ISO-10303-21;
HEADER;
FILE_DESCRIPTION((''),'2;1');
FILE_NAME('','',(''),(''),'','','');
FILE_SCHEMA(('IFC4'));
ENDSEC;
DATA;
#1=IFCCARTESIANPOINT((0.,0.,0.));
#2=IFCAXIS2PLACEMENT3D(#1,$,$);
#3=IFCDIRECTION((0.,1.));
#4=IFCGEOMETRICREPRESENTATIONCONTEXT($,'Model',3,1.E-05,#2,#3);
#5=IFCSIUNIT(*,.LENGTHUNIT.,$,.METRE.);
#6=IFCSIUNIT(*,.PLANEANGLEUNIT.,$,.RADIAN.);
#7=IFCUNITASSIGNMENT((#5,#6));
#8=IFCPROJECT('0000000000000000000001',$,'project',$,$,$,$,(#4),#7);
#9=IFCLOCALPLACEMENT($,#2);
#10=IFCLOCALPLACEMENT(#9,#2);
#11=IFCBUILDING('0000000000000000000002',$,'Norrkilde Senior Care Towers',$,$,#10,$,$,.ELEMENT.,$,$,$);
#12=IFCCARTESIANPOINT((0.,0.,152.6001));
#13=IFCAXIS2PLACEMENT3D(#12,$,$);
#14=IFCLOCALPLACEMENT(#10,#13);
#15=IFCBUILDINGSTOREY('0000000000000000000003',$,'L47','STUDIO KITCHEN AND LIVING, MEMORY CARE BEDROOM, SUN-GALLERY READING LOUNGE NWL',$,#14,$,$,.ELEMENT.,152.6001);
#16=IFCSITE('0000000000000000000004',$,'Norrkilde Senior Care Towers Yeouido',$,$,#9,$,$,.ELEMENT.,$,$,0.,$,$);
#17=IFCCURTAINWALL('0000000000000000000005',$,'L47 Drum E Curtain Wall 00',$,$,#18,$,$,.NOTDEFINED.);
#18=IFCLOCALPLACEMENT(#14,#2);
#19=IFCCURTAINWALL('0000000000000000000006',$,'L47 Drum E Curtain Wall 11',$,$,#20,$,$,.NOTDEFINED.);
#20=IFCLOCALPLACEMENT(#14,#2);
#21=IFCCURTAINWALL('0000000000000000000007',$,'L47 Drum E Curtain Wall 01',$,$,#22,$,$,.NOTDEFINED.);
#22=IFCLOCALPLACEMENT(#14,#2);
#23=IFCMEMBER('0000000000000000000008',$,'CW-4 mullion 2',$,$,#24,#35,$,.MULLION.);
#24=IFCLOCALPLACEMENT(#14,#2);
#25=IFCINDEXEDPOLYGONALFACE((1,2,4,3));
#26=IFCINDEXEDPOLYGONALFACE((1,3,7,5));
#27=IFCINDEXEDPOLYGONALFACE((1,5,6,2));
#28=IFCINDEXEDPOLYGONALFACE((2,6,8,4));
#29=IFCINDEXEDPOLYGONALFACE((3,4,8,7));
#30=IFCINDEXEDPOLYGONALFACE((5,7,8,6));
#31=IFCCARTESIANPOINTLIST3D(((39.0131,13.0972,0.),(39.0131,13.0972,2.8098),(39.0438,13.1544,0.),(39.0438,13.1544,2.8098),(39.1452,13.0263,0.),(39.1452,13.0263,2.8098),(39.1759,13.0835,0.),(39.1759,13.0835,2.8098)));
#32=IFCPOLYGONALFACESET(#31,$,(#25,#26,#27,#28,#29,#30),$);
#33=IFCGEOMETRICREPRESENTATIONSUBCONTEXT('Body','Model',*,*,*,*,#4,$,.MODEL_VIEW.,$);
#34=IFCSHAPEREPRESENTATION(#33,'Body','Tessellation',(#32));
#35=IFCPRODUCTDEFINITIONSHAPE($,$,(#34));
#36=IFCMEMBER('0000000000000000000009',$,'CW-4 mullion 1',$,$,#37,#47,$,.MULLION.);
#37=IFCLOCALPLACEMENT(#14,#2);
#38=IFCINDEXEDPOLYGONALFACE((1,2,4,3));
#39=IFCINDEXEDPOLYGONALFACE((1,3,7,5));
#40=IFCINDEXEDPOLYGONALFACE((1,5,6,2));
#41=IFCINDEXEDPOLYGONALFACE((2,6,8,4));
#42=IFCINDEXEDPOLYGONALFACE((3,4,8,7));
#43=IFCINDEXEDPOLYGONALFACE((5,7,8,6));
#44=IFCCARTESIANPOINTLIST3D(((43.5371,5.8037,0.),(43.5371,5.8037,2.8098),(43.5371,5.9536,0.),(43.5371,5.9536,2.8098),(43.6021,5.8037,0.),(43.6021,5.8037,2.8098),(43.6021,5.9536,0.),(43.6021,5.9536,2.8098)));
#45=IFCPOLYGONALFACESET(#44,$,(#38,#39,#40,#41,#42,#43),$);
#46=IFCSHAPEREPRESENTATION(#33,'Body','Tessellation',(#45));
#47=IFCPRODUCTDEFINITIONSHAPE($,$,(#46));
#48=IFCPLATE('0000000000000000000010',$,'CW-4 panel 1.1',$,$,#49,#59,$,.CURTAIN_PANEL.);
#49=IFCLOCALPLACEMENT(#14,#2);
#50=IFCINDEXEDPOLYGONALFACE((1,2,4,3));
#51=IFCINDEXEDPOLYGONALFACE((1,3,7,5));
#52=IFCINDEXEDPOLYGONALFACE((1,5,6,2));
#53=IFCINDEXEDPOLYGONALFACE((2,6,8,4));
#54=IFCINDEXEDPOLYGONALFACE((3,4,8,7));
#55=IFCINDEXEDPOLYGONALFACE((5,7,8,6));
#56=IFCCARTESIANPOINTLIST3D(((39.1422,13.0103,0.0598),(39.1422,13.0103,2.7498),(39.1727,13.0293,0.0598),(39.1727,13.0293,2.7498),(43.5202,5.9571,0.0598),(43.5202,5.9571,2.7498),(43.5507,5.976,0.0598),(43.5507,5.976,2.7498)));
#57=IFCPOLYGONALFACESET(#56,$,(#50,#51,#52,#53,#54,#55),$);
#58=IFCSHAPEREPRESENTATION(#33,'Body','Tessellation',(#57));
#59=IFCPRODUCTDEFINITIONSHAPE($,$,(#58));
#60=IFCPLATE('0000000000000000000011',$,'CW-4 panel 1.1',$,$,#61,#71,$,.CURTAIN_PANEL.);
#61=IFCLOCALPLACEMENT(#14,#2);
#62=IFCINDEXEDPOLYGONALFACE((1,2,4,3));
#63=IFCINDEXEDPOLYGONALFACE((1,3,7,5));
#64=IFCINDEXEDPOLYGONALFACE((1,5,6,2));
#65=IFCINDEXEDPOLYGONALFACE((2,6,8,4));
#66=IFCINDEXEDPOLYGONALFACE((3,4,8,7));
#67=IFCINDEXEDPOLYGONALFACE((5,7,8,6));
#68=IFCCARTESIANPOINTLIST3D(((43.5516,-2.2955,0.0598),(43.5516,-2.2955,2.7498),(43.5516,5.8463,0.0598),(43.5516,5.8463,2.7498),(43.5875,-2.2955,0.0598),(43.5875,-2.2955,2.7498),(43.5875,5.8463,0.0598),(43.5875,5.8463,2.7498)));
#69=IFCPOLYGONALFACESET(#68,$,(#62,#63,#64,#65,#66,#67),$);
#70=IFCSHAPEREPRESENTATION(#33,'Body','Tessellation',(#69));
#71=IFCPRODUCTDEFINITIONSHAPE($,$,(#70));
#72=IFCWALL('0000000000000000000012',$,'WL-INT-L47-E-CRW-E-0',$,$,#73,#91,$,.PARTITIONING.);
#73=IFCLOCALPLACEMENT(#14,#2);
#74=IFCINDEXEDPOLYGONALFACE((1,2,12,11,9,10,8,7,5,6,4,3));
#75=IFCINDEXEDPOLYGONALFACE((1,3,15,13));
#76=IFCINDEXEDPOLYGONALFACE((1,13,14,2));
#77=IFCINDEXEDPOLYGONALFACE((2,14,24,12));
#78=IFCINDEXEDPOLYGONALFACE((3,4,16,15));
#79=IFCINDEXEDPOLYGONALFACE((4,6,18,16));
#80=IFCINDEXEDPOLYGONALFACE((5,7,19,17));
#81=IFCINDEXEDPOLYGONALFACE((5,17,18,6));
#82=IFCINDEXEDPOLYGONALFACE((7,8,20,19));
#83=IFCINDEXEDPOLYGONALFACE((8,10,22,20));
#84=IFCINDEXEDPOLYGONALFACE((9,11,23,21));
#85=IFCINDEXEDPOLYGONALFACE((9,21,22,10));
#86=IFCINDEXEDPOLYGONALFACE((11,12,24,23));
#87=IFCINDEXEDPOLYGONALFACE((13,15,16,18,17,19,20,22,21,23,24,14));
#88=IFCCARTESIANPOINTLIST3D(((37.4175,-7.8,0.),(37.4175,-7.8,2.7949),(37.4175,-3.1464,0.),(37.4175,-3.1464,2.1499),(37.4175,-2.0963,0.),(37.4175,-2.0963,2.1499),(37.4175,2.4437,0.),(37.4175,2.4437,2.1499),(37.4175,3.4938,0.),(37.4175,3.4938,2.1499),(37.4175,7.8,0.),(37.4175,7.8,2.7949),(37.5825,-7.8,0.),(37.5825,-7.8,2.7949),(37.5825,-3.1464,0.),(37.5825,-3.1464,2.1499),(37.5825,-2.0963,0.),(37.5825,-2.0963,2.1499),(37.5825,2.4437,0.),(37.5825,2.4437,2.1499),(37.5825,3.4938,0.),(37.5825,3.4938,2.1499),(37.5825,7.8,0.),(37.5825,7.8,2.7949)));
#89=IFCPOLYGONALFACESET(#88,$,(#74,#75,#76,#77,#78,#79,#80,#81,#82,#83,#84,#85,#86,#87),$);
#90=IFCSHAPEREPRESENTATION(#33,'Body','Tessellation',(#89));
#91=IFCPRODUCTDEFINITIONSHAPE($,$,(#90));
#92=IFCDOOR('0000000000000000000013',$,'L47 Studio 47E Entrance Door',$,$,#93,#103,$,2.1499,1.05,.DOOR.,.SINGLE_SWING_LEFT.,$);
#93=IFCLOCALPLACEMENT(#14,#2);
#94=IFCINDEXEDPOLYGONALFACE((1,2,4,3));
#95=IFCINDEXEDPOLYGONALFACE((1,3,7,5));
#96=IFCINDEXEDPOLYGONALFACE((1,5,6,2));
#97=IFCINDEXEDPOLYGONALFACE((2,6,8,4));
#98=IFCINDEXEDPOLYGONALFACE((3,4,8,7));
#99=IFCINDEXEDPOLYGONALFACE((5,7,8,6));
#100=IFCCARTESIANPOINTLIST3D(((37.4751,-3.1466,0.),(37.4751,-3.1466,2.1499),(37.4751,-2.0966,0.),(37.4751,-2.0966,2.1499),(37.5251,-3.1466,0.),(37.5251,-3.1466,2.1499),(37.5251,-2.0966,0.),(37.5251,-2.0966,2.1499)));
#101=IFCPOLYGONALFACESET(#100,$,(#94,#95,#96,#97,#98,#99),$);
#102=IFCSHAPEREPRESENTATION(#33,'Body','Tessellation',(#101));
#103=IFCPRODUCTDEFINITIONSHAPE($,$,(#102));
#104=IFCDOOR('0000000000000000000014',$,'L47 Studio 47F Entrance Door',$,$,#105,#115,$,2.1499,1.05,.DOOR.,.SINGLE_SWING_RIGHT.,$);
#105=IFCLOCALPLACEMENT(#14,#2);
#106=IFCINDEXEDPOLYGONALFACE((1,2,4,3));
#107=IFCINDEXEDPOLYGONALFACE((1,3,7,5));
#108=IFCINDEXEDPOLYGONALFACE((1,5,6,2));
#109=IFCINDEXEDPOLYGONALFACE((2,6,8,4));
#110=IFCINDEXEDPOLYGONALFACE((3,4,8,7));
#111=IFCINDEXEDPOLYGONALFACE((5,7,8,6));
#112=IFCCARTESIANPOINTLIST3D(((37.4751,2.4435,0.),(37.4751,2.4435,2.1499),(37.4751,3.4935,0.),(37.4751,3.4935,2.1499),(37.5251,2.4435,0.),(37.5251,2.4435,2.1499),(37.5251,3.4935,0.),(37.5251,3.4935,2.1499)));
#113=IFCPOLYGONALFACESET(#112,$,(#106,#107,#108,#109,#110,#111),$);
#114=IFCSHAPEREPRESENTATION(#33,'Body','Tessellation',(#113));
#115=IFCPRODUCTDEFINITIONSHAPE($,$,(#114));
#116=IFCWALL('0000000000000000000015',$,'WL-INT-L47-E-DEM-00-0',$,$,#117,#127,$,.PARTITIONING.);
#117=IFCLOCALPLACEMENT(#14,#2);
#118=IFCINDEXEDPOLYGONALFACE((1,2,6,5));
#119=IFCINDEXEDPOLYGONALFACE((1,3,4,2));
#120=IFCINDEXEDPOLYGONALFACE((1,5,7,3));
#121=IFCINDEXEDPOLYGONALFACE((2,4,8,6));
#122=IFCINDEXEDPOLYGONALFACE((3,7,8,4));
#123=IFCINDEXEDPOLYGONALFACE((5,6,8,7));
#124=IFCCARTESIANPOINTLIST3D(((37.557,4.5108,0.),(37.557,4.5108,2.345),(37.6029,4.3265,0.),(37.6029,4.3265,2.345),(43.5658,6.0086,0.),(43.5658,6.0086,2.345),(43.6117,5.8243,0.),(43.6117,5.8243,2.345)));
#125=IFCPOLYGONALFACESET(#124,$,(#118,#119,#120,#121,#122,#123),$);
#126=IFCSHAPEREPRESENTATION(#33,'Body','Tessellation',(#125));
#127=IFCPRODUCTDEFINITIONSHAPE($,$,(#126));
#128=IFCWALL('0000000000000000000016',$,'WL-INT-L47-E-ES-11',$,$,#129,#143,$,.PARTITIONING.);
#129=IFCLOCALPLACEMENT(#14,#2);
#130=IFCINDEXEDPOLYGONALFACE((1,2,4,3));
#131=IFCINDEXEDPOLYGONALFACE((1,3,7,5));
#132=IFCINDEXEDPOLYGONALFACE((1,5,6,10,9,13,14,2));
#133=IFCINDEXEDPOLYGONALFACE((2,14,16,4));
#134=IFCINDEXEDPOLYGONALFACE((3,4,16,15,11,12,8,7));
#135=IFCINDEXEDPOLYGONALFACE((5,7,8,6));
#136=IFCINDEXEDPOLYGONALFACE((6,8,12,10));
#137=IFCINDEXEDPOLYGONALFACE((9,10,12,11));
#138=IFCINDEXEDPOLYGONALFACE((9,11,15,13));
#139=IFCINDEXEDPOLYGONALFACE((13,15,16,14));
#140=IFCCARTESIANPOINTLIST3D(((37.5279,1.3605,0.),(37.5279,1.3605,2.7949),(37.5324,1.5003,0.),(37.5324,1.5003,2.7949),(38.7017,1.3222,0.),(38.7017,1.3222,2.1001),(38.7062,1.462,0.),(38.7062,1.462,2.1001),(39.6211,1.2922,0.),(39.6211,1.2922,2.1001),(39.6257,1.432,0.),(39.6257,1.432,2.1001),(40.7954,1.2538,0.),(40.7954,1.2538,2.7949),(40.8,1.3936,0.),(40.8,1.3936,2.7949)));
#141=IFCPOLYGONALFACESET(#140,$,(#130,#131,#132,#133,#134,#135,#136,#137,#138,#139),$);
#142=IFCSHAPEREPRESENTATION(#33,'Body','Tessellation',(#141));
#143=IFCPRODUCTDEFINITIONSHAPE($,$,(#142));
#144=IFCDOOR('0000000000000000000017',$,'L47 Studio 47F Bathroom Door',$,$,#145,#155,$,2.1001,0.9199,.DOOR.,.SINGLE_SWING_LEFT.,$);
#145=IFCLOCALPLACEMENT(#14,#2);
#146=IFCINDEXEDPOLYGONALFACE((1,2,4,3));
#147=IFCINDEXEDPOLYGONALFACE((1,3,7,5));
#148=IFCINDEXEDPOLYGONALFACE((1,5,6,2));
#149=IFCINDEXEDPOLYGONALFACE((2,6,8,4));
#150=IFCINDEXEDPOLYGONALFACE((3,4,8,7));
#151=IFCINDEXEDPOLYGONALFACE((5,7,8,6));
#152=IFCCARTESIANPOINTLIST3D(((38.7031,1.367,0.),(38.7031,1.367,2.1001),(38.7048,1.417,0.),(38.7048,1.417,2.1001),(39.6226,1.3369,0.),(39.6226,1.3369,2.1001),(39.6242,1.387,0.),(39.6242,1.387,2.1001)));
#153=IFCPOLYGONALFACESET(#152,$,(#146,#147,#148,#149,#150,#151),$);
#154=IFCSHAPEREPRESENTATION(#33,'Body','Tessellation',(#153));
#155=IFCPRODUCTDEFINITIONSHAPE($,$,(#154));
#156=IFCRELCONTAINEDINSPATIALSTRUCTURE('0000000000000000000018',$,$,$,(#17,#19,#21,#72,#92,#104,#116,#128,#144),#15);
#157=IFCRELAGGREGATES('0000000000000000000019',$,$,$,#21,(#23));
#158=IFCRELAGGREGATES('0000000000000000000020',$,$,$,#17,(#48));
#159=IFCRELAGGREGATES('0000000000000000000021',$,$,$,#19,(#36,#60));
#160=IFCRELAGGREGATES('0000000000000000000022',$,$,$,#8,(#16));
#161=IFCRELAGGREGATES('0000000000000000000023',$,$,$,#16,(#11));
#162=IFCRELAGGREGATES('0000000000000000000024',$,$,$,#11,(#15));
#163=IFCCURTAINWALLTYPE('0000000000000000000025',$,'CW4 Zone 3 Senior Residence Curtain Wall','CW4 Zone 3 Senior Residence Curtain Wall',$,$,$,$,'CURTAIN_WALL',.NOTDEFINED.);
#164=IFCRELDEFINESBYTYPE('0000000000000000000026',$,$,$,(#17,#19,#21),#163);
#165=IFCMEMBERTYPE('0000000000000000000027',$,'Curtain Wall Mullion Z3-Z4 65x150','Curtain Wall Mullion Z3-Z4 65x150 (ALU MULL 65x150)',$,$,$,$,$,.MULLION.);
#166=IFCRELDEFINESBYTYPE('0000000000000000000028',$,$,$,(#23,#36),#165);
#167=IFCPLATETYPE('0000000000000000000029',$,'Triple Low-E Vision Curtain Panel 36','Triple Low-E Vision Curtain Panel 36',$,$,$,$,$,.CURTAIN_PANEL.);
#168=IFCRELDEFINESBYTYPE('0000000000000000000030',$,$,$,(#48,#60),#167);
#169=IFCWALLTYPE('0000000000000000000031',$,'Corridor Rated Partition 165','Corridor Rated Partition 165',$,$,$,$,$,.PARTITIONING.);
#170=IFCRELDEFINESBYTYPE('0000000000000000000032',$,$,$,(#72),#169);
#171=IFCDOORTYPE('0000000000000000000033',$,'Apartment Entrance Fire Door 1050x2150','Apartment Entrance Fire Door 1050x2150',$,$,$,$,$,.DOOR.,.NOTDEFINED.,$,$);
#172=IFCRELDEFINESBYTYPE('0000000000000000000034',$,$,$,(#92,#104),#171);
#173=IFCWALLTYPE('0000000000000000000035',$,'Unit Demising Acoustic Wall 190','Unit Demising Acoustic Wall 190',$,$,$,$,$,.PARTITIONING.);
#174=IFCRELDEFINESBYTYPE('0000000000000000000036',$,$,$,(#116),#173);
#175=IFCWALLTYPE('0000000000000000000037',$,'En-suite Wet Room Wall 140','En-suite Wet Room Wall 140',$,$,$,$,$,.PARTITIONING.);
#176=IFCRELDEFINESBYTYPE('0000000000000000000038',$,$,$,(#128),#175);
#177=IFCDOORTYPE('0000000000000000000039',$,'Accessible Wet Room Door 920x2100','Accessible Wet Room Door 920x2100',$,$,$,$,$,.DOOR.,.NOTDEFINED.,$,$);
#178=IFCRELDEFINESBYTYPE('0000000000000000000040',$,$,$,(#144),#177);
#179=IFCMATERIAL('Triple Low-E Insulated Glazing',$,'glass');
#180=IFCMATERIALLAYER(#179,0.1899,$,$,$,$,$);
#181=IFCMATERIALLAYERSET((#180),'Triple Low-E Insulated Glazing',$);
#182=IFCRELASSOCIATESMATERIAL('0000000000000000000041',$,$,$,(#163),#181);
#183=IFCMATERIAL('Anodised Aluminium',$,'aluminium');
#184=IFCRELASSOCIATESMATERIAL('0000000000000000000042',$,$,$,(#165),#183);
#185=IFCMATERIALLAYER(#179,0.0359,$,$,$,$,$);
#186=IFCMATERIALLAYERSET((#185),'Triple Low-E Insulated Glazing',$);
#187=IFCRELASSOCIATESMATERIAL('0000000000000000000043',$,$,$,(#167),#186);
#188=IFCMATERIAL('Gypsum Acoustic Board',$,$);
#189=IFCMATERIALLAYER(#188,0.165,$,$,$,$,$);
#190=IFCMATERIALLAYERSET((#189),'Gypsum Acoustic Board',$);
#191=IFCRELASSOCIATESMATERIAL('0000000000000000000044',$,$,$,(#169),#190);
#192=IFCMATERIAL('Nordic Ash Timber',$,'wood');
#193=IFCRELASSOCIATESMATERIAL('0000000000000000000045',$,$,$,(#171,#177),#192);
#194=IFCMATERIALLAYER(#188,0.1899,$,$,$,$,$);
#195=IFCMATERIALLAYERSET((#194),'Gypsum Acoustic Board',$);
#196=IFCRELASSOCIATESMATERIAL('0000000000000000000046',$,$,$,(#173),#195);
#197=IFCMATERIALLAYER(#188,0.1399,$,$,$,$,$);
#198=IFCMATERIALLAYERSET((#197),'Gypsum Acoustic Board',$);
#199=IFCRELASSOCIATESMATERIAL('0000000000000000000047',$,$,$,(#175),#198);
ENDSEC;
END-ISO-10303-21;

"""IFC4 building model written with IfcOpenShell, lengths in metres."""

from ifc_helpers import new_model, si_unit, direction, frame, frame_2d, origin, origin_2d, place, context, subcontext, project, spatial, rectangle, extrude, source, transform, mapped, material, layer, layer_set, material_profile, profile_set, type_object, type_shapes, element, fill, aggregate, save


model = new_model("IFC4")

# Units and contexts
model_context = context("Model", 3, precision=1e-05, world=origin(), true_north=direction((0.0, 1.0)))
body_context = subcontext(model_context, "Body", "Model", "MODEL_VIEW")
ifc_project = project(units=[si_unit("LENGTHUNIT", "METRE"), si_unit("PLANEANGLEUNIT", "RADIAN")], contexts=[model_context])

# Site, building, storey
site_placement = place(None, origin())
site = spatial("IfcSite", under=ifc_project, at=site_placement, Name="Norrkilde Senior Care Towers Yeouido", CompositionType="ELEMENT", RefElevation=0.0)
building_placement = place(site_placement, origin())
building = spatial("IfcBuilding", under=site, at=building_placement, Name="Norrkilde Senior Care Towers", CompositionType="ELEMENT")
storey_placement = place(building_placement, frame((0.0, 0.0, 152.6001)))
storey = spatial("IfcBuildingStorey", under=building, at=storey_placement, Name="L47", Description="STUDIO KITCHEN AND LIVING, MEMORY CARE BEDROOM, SUN-GALLERY READING LOUNGE NWL", CompositionType="ELEMENT", Elevation=152.6001)

# Curtain walls
ifc_material_1 = material(Name="Triple Low-E Insulated Glazing", Category="glass")
ifc_layer_1 = layer(ifc_material_1, 0.1899)
ifc_layer_set_1 = layer_set([ifc_layer_1], Name="Triple Low-E Insulated Glazing")
curtain_wall_type = type_object("IfcCurtainWallType", Name="CW4 Zone 3 Senior Residence Curtain Wall", Description="CW4 Zone 3 Senior Residence Curtain Wall", ElementType="CURTAIN_WALL", PredefinedType="NOTDEFINED", material=ifc_layer_set_1)
curtain_wall_1_placement = place(storey_placement, origin())
curtain_wall_1 = element("IfcCurtainWall", 1, at=curtain_wall_1_placement, inside=storey, type_object=curtain_wall_type, Name="L47 Drum E Curtain Wall 00", PredefinedType="NOTDEFINED")
ifc_material_2 = material(Name="Anodised Aluminium", Category="aluminium")
curtain_wall_2_placement = place(storey_placement, origin())
curtain_wall_2 = element("IfcCurtainWall", 2, at=curtain_wall_2_placement, inside=storey, type_object=curtain_wall_type, Name="L47 Drum E Curtain Wall 11", PredefinedType="NOTDEFINED")

# Shared definitions
ifc_material_profile_1 = material_profile(ifc_material_2, rectangle(XDim=0.0649, YDim=0.1499, at=origin_2d()), Name="ALU MULL 65x150")
ifc_profile_set_1 = profile_set([ifc_material_profile_1], Name="Anodised Aluminium")
member_type_1 = type_object("IfcMemberType", Name="Curtain Wall Mullion Z3-Z4 65x150", Description="Curtain Wall Mullion Z3-Z4 65x150 (ALU MULL 65x150)", PredefinedType="MULLION", material=ifc_profile_set_1)
shared_shape_1 = source(origin(), body_context, "Body", "SweptSolid", [
    extrude(rectangle(XDim=0.0649, YDim=0.1499, at=origin_2d()), origin(), (0.0, 0.0, 1.0), 2.8098),
])
type_shapes(member_type_1, [shared_shape_1])

# Curtain wall, member
curtain_wall_3_placement = place(storey_placement, origin())
curtain_wall_3 = element("IfcCurtainWall", 3, at=curtain_wall_3_placement, inside=storey, type_object=curtain_wall_type, Name="L47 Drum E Curtain Wall 01", PredefinedType="NOTDEFINED")
member_1_placement = place(storey_placement, frame((39.0945, 13.0903, 0.0), z_axis=(0.0, 0.0, 1.0), x_axis=(0.473117, 0.881, 0.0)))
member_1 = element("IfcMember", 4, at=member_1_placement, type_object=member_type_1, Name="CW-4 mullion 2", PredefinedType="MULLION", context=body_context, shape_type="MappedRepresentation", body=[
    mapped(shared_shape_1, transform((0.0, 0.0, 0.0), x_axis=(1.0, 0.0, 0.0), y_axis=(0.0, 1.0, 0.0), z_axis=(0.0, 0.0, 1.0), scale=1.0)),
])
aggregate(curtain_wall_3, [member_1])

# Member
member_2_placement = place(storey_placement, frame((43.5696, 5.8787, 0.0), z_axis=(0.0, 0.0, 1.0), x_axis=(1.0, 0.0, 0.0)))
member_2 = element("IfcMember", 5, at=member_2_placement, type_object=member_type_1, Name="CW-4 mullion 1", PredefinedType="MULLION", context=body_context, shape_type="MappedRepresentation", body=[
    mapped(shared_shape_1, transform((0.0, 0.0, 0.0), x_axis=(1.0, 0.0, 0.0), y_axis=(0.0, 1.0, 0.0), z_axis=(0.0, 0.0, 1.0), scale=1.0)),
])

# Plates
ifc_layer_2 = layer(ifc_material_1, 0.0359)
ifc_layer_set_2 = layer_set([ifc_layer_2], Name="Triple Low-E Insulated Glazing")
plate_type = type_object("IfcPlateType", Name="Triple Low-E Vision Curtain Panel 36", Description="Triple Low-E Vision Curtain Panel 36", PredefinedType="CURTAIN_PANEL", material=ifc_layer_set_2)
shared_shape_2 = source(origin(), body_context, "Body", "SweptSolid", [
    extrude(rectangle(XDim=8.3015, YDim=0.0359, at=origin_2d()), origin(), (0.0, 0.0, 1.0), 2.6899),
])
plate_1_placement = place(storey_placement, frame((41.3464, 9.4932, 0.0598), z_axis=(0.0, 0.0, 1.0), x_axis=(0.527373, -0.849634, 0.0)))
plate_1 = element("IfcPlate", 6, at=plate_1_placement, type_object=plate_type, Name="CW-4 panel 1.1", PredefinedType="CURTAIN_PANEL", context=body_context, shape_type="MappedRepresentation", body=[
    mapped(shared_shape_2, transform((0.0, 0.0, 0.0), x_axis=(1.0, 0.0, 0.0), y_axis=(0.0, 1.0, 0.0), z_axis=(0.0, 0.0, 1.0), scale=1.0)),
])
aggregate(curtain_wall_1, [plate_1])
shared_shape_3 = source(origin(), body_context, "Body", "SweptSolid", [
    extrude(rectangle(XDim=8.1418, YDim=0.0359, at=origin_2d()), origin(), (0.0, 0.0, 1.0), 2.6899),
])
type_shapes(plate_type, [shared_shape_2, shared_shape_3])
plate_2_placement = place(storey_placement, frame((43.5696, 1.7754, 0.0598), z_axis=(0.0, 0.0, 1.0), x_axis=(0.0, -1.0, 0.0)))
plate_2 = element("IfcPlate", 7, at=plate_2_placement, type_object=plate_type, Name="CW-4 panel 1.1", PredefinedType="CURTAIN_PANEL", context=body_context, shape_type="MappedRepresentation", body=[
    mapped(shared_shape_3, transform((0.0, 0.0, 0.0), x_axis=(1.0, 0.0, 0.0), y_axis=(0.0, 1.0, 0.0), z_axis=(0.0, 0.0, 1.0), scale=1.0)),
])
aggregate(curtain_wall_2, [member_2, plate_2])

# Wall, openings, doors
ifc_material_3 = material(Name="Gypsum Acoustic Board")
ifc_layer_3 = layer(ifc_material_3, 0.165)
ifc_layer_set_3 = layer_set([ifc_layer_3], Name="Gypsum Acoustic Board")
wall_type_1 = type_object("IfcWallType", Name="Corridor Rated Partition 165", Description="Corridor Rated Partition 165", PredefinedType="PARTITIONING", material=ifc_layer_set_3)
shared_shape_4 = source(origin(), body_context, "Body", "SweptSolid", [
    extrude(rectangle(XDim=15.6001, YDim=0.165, at=frame_2d((7.8, 0.0))), origin(), (0.0, 0.0, 1.0), 2.7949),
])
type_shapes(wall_type_1, [shared_shape_4])
wall_1_placement = place(storey_placement, frame((37.5, 7.8, 0.0), z_axis=(0.0, 0.0, 1.0), x_axis=(0.0, -1.0, 0.0)))
wall_1 = element("IfcWall", 8, at=wall_1_placement, inside=storey, type_object=wall_type_1, Name="WL-INT-L47-E-CRW-E-0", PredefinedType="PARTITIONING", context=body_context, shape_type="MappedRepresentation", body=[
    mapped(shared_shape_4, transform((0.0, 0.0, 0.0), x_axis=(1.0, 0.0, 0.0), y_axis=(0.0, 1.0, 0.0), z_axis=(0.0, 0.0, 1.0), scale=1.0)),
])
opening_1_placement = place(wall_1_placement, frame((9.8965, 0.0, 0.0)))
opening_1 = element("IfcOpeningElement", 9, at=opening_1_placement, cuts=wall_1, PredefinedType="OPENING", context=body_context, shape_type="SweptSolid", body=[
    extrude(rectangle(XDim=1.05, YDim=2.1499, at=frame_2d((0.5249, 1.075))), frame((0.0, 0.0925, 0.0), z_axis=(0.0, -1.0, 0.0), x_axis=(1.0, 0.0, 0.0)), (0.0, 0.0, 1.0), 0.1851),
])
opening_2_placement = place(wall_1_placement, frame((4.3064, 0.0, 0.0)))
opening_2 = element("IfcOpeningElement", 10, at=opening_2_placement, cuts=wall_1, PredefinedType="OPENING", context=body_context, shape_type="SweptSolid", body=[
    extrude(rectangle(XDim=1.05, YDim=2.1499, at=frame_2d((0.5249, 1.075))), frame((0.0, 0.0925, 0.0), z_axis=(0.0, -1.0, 0.0), x_axis=(1.0, 0.0, 0.0)), (0.0, 0.0, 1.0), 0.1851),
])
ifc_material_4 = material(Name="Nordic Ash Timber", Category="wood")
door_type_1 = type_object("IfcDoorType", Name="Apartment Entrance Fire Door 1050x2150", Description="Apartment Entrance Fire Door 1050x2150", OperationType="NOTDEFINED", PredefinedType="DOOR", material=ifc_material_4)
shared_shape_5 = source(origin(), body_context, "Body", "SweptSolid", [
    extrude(rectangle(XDim=1.05, YDim=2.1499, at=frame_2d((0.5249, 1.075))), frame((0.0, 0.0249, 0.0), z_axis=(0.0, -1.0, 0.0), x_axis=(1.0, 0.0, 0.0)), (0.0, 0.0, 1.0), 0.05),
])
type_shapes(door_type_1, [shared_shape_5])
door_1_placement = place(opening_1_placement, frame((1.05, 0.0, 0.0), z_axis=(0.0, 0.0, 1.0), x_axis=(-1.0, 0.0, 0.0)))
door_1 = element("IfcDoor", 11, at=door_1_placement, inside=storey, type_object=door_type_1, Name="L47 Studio 47E Entrance Door", OperationType="SINGLE_SWING_LEFT", OverallHeight=2.1499, OverallWidth=1.05, PredefinedType="DOOR", context=body_context, shape_type="MappedRepresentation", body=[
    mapped(shared_shape_5, transform((0.0, 0.0, 0.0), x_axis=(1.0, 0.0, 0.0), y_axis=(0.0, 1.0, 0.0), z_axis=(0.0, 0.0, 1.0), scale=1.0)),
])
fill(opening_1, door_1)
door_2_placement = place(opening_2_placement, frame((1.05, 0.0, 0.0), z_axis=(0.0, 0.0, 1.0), x_axis=(-1.0, 0.0, 0.0)))
door_2 = element("IfcDoor", 12, at=door_2_placement, inside=storey, type_object=door_type_1, Name="L47 Studio 47F Entrance Door", OperationType="SINGLE_SWING_RIGHT", OverallHeight=2.1499, OverallWidth=1.05, PredefinedType="DOOR", context=body_context, shape_type="MappedRepresentation", body=[
    mapped(shared_shape_5, transform((0.0, 0.0, 0.0), x_axis=(1.0, 0.0, 0.0), y_axis=(0.0, 1.0, 0.0), z_axis=(0.0, 0.0, 1.0), scale=1.0)),
])
fill(opening_2, door_2)

# Wall
ifc_layer_4 = layer(ifc_material_3, 0.1899)
ifc_layer_set_4 = layer_set([ifc_layer_4], Name="Gypsum Acoustic Board")
wall_type_2 = type_object("IfcWallType", Name="Unit Demising Acoustic Wall 190", Description="Unit Demising Acoustic Wall 190", PredefinedType="PARTITIONING", material=ifc_layer_set_4)
shared_shape_6 = source(origin(), body_context, "Body", "SweptSolid", [
    extrude(rectangle(XDim=6.1926, YDim=0.1899, at=frame_2d((3.0962, 0.0))), origin(), (0.0, 0.0, 1.0), 2.345),
])
type_shapes(wall_type_2, [shared_shape_6])
wall_2_placement = place(storey_placement, frame((37.5801, 4.4187, 0.0), z_axis=(0.0, 0.0, 1.0), x_axis=(0.970309, 0.241868, 0.0)))
element("IfcWall", 13, at=wall_2_placement, inside=storey, type_object=wall_type_2, Name="WL-INT-L47-E-DEM-00-0", PredefinedType="PARTITIONING", context=body_context, shape_type="MappedRepresentation", body=[
    mapped(shared_shape_6, transform((0.0, 0.0, 0.0), x_axis=(1.0, 0.0, 0.0), y_axis=(0.0, 1.0, 0.0), z_axis=(0.0, 0.0, 1.0), scale=1.0)),
])

# Wall, opening, door
ifc_layer_5 = layer(ifc_material_3, 0.1399)
ifc_layer_set_5 = layer_set([ifc_layer_5], Name="Gypsum Acoustic Board")
wall_type_3 = type_object("IfcWallType", Name="En-suite Wet Room Wall 140", Description="En-suite Wet Room Wall 140", PredefinedType="PARTITIONING", material=ifc_layer_set_5)
shared_shape_7 = source(origin(), body_context, "Body", "SweptSolid", [
    extrude(rectangle(XDim=3.2693, YDim=0.1399, at=frame_2d((1.6348, 0.0))), origin(), (0.0, 0.0, 1.0), 2.7949),
])
wall_3_placement = place(storey_placement, frame((37.53, 1.4304, 0.0), z_axis=(0.0, 0.0, 1.0), x_axis=(0.999467, -0.032634, 0.0)))
wall_3 = element("IfcWall", 14, at=wall_3_placement, inside=storey, type_object=wall_type_3, Name="WL-INT-L47-E-ES-11", PredefinedType="PARTITIONING", context=body_context, shape_type="MappedRepresentation", body=[
    mapped(shared_shape_7, transform((0.0, 0.0, 0.0), x_axis=(1.0, 0.0, 0.0), y_axis=(0.0, 1.0, 0.0), z_axis=(0.0, 0.0, 1.0), scale=1.0)),
])
opening_3_placement = place(wall_3_placement, frame((1.1746, 0.0, 0.0)))
opening_3 = element("IfcOpeningElement", 15, at=opening_3_placement, cuts=wall_3, PredefinedType="OPENING", context=body_context, shape_type="SweptSolid", body=[
    extrude(rectangle(XDim=0.9199, YDim=2.1001, at=frame_2d((0.46, 1.05))), frame((0.0, 0.0798, 0.0), z_axis=(0.0, -1.0, 0.0), x_axis=(1.0, 0.0, 0.0)), (0.0, 0.0, 1.0), 0.1599),
])
door_type_2 = type_object("IfcDoorType", Name="Accessible Wet Room Door 920x2100", Description="Accessible Wet Room Door 920x2100", OperationType="NOTDEFINED", PredefinedType="DOOR", material=ifc_material_4)
shared_shape_8 = source(origin(), body_context, "Body", "SweptSolid", [
    extrude(rectangle(XDim=0.9199, YDim=2.1001, at=frame_2d((0.46, 1.05))), frame((0.0, 0.0249, 0.0), z_axis=(0.0, -1.0, 0.0), x_axis=(1.0, 0.0, 0.0)), (0.0, 0.0, 1.0), 0.05),
])
type_shapes(door_type_2, [shared_shape_8])
door_3_placement = place(opening_3_placement, origin())
door_3 = element("IfcDoor", 16, at=door_3_placement, inside=storey, type_object=door_type_2, Name="L47 Studio 47F Bathroom Door", OperationType="SINGLE_SWING_LEFT", OverallHeight=2.1001, OverallWidth=0.9199, PredefinedType="DOOR", context=body_context, shape_type="MappedRepresentation", body=[
    mapped(shared_shape_8, transform((0.0, 0.0, 0.0), x_axis=(1.0, 0.0, 0.0), y_axis=(0.0, 1.0, 0.0), z_axis=(0.0, 0.0, 1.0), scale=1.0)),
])
fill(opening_3, door_3)

save(model, "model.ifc")
